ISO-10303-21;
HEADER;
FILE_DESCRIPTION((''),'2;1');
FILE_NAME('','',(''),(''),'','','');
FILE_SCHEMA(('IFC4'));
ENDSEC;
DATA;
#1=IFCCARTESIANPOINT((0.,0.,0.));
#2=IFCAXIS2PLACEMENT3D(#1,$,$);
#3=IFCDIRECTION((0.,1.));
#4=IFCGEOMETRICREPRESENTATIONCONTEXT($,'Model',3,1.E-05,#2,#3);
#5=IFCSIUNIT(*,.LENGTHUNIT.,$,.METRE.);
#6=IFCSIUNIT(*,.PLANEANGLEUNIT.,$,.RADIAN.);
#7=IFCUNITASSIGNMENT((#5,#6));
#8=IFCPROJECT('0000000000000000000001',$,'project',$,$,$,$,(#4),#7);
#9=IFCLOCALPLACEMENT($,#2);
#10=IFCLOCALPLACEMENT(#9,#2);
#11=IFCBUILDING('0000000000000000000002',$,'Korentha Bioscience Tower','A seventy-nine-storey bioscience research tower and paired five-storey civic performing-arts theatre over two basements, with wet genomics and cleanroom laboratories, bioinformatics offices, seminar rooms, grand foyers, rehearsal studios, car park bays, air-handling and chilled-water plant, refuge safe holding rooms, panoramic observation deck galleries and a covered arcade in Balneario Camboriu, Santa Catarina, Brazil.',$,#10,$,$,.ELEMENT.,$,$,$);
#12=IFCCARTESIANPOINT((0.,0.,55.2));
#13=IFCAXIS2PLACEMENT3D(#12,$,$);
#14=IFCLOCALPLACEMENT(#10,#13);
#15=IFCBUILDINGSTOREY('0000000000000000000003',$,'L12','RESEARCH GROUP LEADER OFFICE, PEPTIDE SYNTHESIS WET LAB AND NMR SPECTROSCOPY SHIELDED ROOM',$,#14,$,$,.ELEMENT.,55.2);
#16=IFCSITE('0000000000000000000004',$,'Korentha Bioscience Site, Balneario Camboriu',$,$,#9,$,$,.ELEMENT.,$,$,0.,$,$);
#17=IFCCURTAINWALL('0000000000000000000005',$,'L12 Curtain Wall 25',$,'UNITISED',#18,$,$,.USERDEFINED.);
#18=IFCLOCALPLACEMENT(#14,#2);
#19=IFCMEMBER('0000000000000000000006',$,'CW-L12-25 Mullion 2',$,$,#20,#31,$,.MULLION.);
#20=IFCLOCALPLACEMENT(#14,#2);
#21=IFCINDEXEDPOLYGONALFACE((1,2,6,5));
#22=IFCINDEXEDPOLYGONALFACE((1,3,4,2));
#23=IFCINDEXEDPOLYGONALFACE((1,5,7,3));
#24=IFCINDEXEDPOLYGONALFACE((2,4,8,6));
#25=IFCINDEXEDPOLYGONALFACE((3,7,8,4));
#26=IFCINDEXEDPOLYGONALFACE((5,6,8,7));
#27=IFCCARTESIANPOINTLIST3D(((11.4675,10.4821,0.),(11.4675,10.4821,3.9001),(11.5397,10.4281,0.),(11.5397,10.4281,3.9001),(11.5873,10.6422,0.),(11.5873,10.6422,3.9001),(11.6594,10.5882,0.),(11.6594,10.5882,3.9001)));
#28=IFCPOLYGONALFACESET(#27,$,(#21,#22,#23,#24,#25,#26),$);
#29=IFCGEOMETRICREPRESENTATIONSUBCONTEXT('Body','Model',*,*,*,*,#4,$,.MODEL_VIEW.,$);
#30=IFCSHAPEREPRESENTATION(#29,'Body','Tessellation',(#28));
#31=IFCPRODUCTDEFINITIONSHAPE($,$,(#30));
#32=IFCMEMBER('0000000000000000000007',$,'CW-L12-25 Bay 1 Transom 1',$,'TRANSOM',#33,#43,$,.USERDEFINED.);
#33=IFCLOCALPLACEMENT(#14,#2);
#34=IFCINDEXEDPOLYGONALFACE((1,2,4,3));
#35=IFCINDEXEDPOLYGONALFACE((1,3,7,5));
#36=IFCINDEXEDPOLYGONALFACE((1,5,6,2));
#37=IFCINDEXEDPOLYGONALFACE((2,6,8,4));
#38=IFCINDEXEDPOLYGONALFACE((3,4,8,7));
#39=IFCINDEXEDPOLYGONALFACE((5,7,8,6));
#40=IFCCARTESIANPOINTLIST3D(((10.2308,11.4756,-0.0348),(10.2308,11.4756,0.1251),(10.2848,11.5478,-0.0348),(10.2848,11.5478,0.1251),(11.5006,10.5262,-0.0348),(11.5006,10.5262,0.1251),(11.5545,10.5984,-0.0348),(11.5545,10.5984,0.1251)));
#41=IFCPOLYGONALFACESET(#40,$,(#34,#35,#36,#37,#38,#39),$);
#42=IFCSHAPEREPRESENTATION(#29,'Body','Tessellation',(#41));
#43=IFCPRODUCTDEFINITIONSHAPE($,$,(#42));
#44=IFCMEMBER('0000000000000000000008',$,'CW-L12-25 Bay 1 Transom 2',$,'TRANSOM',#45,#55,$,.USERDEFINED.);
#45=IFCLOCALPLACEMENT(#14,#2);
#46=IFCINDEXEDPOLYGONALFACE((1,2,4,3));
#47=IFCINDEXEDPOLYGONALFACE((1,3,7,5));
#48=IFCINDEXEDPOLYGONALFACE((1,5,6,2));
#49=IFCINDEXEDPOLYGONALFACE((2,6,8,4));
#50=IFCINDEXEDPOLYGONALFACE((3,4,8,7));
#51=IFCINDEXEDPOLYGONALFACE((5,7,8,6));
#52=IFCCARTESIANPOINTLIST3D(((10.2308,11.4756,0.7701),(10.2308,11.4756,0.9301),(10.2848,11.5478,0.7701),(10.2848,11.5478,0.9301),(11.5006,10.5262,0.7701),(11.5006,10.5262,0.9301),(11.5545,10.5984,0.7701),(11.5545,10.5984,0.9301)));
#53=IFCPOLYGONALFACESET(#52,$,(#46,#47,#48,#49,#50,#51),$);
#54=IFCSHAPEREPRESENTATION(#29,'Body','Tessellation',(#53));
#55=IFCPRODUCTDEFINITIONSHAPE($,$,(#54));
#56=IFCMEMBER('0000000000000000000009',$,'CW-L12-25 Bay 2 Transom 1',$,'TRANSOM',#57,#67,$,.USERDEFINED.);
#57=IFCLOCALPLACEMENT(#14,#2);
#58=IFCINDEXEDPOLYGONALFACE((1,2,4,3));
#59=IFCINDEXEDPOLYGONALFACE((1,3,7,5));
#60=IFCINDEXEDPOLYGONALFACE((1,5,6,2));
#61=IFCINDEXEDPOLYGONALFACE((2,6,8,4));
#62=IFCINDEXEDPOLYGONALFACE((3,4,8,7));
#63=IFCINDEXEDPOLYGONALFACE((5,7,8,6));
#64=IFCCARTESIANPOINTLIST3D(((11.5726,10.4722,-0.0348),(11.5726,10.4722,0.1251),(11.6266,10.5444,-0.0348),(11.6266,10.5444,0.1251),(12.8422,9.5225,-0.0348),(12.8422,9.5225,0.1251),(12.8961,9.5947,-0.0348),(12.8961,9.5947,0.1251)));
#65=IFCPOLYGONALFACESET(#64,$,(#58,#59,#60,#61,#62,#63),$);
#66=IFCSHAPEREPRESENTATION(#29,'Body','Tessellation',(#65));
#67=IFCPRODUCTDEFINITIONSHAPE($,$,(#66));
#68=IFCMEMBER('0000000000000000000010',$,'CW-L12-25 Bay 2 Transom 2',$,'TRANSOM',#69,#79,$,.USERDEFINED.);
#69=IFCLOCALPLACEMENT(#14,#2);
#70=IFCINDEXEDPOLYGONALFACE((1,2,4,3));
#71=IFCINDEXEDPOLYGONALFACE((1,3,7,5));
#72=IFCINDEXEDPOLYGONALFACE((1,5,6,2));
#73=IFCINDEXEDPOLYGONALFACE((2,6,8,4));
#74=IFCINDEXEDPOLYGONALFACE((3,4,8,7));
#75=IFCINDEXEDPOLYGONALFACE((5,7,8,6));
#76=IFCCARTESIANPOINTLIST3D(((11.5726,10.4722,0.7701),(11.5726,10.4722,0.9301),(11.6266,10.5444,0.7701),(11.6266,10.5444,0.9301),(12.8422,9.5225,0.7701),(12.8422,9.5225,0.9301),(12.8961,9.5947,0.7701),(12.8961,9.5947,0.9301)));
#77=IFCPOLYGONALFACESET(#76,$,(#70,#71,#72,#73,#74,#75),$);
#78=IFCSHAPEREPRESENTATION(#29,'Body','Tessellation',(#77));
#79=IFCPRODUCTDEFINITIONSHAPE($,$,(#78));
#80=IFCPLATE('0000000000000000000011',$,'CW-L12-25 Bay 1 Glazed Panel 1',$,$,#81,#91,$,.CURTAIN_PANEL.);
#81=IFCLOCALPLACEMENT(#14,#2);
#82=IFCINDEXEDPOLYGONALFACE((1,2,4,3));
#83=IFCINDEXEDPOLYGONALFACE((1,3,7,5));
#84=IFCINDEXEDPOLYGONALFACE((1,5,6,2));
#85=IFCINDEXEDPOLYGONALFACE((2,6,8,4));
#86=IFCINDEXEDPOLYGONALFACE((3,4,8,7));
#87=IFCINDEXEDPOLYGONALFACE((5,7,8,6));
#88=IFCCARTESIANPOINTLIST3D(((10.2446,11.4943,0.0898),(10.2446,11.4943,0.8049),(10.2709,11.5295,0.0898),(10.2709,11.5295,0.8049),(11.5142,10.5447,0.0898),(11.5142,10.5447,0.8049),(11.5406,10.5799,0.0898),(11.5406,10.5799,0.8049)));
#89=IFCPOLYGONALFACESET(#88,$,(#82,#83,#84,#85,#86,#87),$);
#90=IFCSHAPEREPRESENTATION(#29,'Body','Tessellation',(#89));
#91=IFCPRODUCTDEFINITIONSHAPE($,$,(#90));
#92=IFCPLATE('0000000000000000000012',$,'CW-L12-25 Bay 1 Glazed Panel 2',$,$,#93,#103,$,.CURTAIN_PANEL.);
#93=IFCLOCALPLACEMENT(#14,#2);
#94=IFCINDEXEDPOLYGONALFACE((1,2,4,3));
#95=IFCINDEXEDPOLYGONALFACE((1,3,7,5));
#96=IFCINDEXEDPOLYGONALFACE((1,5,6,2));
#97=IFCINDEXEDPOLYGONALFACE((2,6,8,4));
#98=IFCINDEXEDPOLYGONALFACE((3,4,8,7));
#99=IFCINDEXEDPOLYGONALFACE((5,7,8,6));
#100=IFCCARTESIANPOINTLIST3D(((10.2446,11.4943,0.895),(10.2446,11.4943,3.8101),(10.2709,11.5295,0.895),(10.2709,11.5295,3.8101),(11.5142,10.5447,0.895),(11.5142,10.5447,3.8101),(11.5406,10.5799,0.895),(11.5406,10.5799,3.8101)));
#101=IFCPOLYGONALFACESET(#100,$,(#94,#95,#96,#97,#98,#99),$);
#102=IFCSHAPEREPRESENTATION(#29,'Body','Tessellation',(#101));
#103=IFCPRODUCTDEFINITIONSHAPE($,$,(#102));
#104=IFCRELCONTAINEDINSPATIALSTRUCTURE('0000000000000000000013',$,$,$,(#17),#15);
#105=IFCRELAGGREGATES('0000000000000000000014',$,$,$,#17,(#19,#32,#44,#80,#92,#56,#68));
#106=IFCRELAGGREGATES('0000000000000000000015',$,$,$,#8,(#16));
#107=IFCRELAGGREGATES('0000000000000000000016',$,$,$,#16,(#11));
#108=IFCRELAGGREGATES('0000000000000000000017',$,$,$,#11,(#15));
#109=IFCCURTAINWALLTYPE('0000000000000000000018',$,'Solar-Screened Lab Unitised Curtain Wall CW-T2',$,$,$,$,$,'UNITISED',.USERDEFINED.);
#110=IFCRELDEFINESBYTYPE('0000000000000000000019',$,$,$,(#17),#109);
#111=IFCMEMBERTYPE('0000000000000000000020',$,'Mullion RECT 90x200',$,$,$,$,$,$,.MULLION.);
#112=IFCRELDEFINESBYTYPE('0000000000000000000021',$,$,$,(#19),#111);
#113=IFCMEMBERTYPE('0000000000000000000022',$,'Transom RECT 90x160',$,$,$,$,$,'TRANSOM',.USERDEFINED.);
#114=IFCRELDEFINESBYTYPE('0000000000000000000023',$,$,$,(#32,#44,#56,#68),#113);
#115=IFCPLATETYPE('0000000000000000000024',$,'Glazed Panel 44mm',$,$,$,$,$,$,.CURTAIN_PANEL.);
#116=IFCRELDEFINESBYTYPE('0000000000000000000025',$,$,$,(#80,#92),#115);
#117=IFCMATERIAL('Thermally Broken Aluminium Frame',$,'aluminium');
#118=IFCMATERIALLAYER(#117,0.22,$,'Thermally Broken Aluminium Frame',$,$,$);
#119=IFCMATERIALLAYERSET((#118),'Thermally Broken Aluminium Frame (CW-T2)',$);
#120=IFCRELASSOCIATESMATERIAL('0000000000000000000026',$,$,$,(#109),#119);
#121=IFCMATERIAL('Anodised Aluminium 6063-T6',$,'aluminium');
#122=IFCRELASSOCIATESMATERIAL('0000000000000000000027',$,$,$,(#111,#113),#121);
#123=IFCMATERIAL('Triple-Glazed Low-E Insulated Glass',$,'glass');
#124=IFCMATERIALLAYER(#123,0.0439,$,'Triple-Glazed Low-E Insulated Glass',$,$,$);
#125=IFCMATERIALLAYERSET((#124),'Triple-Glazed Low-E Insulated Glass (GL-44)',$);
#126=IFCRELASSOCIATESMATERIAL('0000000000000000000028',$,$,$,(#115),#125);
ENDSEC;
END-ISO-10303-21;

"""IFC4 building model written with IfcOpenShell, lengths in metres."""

from ifc_helpers import new_model, si_unit, direction, frame, origin, origin_2d, place, context, subcontext, project, spatial, rectangle, extrude, material, layer, layer_set, material_profile, profile_set, type_object, element, aggregate, save


model = new_model("IFC4")

# Units and contexts
model_context = context("Model", 3, precision=1e-05, world=origin(), true_north=direction((0.0, 1.0)))
body_context = subcontext(model_context, "Body", "Model", "MODEL_VIEW")
ifc_project = project(units=[si_unit("LENGTHUNIT", "METRE"), si_unit("PLANEANGLEUNIT", "RADIAN")], contexts=[model_context])

# Site, building, storey
site_placement = place(None, origin())
site = spatial("IfcSite", under=ifc_project, at=site_placement, Name="Korentha Bioscience Site, Balneario Camboriu", CompositionType="ELEMENT", RefElevation=0.0)
building_placement = place(site_placement, origin())
building = spatial("IfcBuilding", under=site, at=building_placement, Name="Korentha Bioscience Tower", Description="A seventy-nine-storey bioscience research tower and paired five-storey civic performing-arts theatre over two basements, with wet genomics and cleanroom laboratories, bioinformatics offices, seminar rooms, grand foyers, rehearsal studios, car park bays, air-handling and chilled-water plant, refuge safe holding rooms, panoramic observation deck galleries and a covered arcade in Balneario Camboriu, Santa Catarina, Brazil.", CompositionType="ELEMENT")
storey_placement = place(building_placement, frame((0.0, 0.0, 55.2)))
storey = spatial("IfcBuildingStorey", under=building, at=storey_placement, Name="L12", Description="RESEARCH GROUP LEADER OFFICE, PEPTIDE SYNTHESIS WET LAB AND NMR SPECTROSCOPY SHIELDED ROOM", CompositionType="ELEMENT", Elevation=55.2)

# Curtain wall, members, plates
ifc_material_1 = material(Name="Thermally Broken Aluminium Frame", Category="aluminium")
ifc_layer_1 = layer(ifc_material_1, 0.22, Name="Thermally Broken Aluminium Frame")
ifc_layer_set_1 = layer_set([ifc_layer_1], Name="Thermally Broken Aluminium Frame (CW-T2)")
curtain_wall_type = type_object("IfcCurtainWallType", Name="Solar-Screened Lab Unitised Curtain Wall CW-T2", ElementType="UNITISED", PredefinedType="USERDEFINED", material=ifc_layer_set_1)
curtain_wall_placement = place(storey_placement, origin())
curtain_wall = element("IfcCurtainWall", 1, at=curtain_wall_placement, inside=storey, type_object=curtain_wall_type, Name="L12 Curtain Wall 25", ObjectType="UNITISED", PredefinedType="USERDEFINED")
ifc_material_2 = material(Name="Anodised Aluminium 6063-T6", Category="aluminium")
ifc_material_profile_1 = material_profile(ifc_material_2, rectangle(XDim=0.0901, YDim=0.2, at=origin_2d()), Name="Anodised Aluminium 6063-T6")
ifc_profile_set_1 = profile_set([ifc_material_profile_1], Name="Anodised Aluminium 6063-T6 (CW-MUL)")
member_type_1 = type_object("IfcMemberType", Name="Mullion RECT 90x200", PredefinedType="MULLION", material=ifc_profile_set_1)
member_1_placement = place(storey_placement, frame((11.5635, 10.5352, 0.0), z_axis=(0.0, 0.0, 1.0), x_axis=(0.800798, -0.598935, 0.0)))
member_1 = element("IfcMember", 2, at=member_1_placement, type_object=member_type_1, Name="CW-L12-25 Mullion 2", PredefinedType="MULLION", context=body_context, shape_type="SweptSolid", body=[
    extrude(rectangle(XDim=0.0901, YDim=0.2, at=origin_2d()), origin(), (0.0, 0.0, 1.0), 3.9001),
])
ifc_material_profile_2 = material_profile(ifc_material_2, rectangle(XDim=0.0901, YDim=0.1599, at=origin_2d()), Name="Anodised Aluminium 6063-T6")
ifc_profile_set_2 = profile_set([ifc_material_profile_2], Name="Anodised Aluminium 6063-T6 (CW-TRN)")
member_type_2 = type_object("IfcMemberType", Name="Transom RECT 90x160", ElementType="TRANSOM", PredefinedType="USERDEFINED", material=ifc_profile_set_2)
member_2_placement = place(storey_placement, frame((10.2578, 11.5117, 0.0452), z_axis=(0.800868, -0.598841, 0.0), x_axis=(0.598841, 0.800868, 0.0)))
member_2 = element("IfcMember", 3, at=member_2_placement, type_object=member_type_2, Name="CW-L12-25 Bay 1 Transom 1", ObjectType="TRANSOM", PredefinedType="USERDEFINED", context=body_context, shape_type="SweptSolid", body=[
    extrude(rectangle(XDim=0.0901, YDim=0.1599, at=origin_2d()), origin(), (0.0, 0.0, 1.0), 1.5854),
])
member_3_placement = place(storey_placement, frame((10.2578, 11.5117, 0.8501), z_axis=(0.800868, -0.598841, 0.0), x_axis=(0.598841, 0.800868, 0.0)))
member_3 = element("IfcMember", 4, at=member_3_placement, type_object=member_type_2, Name="CW-L12-25 Bay 1 Transom 2", ObjectType="TRANSOM", PredefinedType="USERDEFINED", context=body_context, shape_type="SweptSolid", body=[
    extrude(rectangle(XDim=0.0901, YDim=0.1599, at=origin_2d()), origin(), (0.0, 0.0, 1.0), 1.5854),
])
member_4_placement = place(storey_placement, frame((11.5996, 10.5083, 0.0452), z_axis=(0.800739, -0.599014, 0.0), x_axis=(0.599014, 0.800739, 0.0)))
member_4 = element("IfcMember", 5, at=member_4_placement, type_object=member_type_2, Name="CW-L12-25 Bay 2 Transom 1", ObjectType="TRANSOM", PredefinedType="USERDEFINED", context=body_context, shape_type="SweptSolid", body=[
    extrude(rectangle(XDim=0.0901, YDim=0.1599, at=origin_2d()), origin(), (0.0, 0.0, 1.0), 1.5854),
])
member_5_placement = place(storey_placement, frame((11.5996, 10.5083, 0.8501), z_axis=(0.800739, -0.599014, 0.0), x_axis=(0.599014, 0.800739, 0.0)))
member_5 = element("IfcMember", 6, at=member_5_placement, type_object=member_type_2, Name="CW-L12-25 Bay 2 Transom 2", ObjectType="TRANSOM", PredefinedType="USERDEFINED", context=body_context, shape_type="SweptSolid", body=[
    extrude(rectangle(XDim=0.0901, YDim=0.1599, at=origin_2d()), origin(), (0.0, 0.0, 1.0), 1.5854),
])
ifc_material_3 = material(Name="Triple-Glazed Low-E Insulated Glass", Category="glass")
ifc_layer_2 = layer(ifc_material_3, 0.0439, Name="Triple-Glazed Low-E Insulated Glass")
ifc_layer_set_2 = layer_set([ifc_layer_2], Name="Triple-Glazed Low-E Insulated Glass (GL-44)")
plate_type = type_object("IfcPlateType", Name="Glazed Panel 44mm", PredefinedType="CURTAIN_PANEL", material=ifc_layer_set_2)
plate_1_placement = place(storey_placement, frame((10.8926, 11.0371, 0.0898), z_axis=(0.0, 0.0, 1.0), x_axis=(0.800798, -0.598935, 0.0)))
plate_1 = element("IfcPlate", 7, at=plate_1_placement, type_object=plate_type, Name="CW-L12-25 Bay 1 Glazed Panel 1", PredefinedType="CURTAIN_PANEL", context=body_context, shape_type="SweptSolid", body=[
    extrude(rectangle(XDim=1.5854, YDim=0.0439, at=origin_2d()), origin(), (0.0, 0.0, 1.0), 0.7151),
])
plate_2_placement = place(storey_placement, frame((10.8926, 11.0371, 0.895), z_axis=(0.0, 0.0, 1.0), x_axis=(0.800798, -0.598935, 0.0)))
plate_2 = element("IfcPlate", 8, at=plate_2_placement, type_object=plate_type, Name="CW-L12-25 Bay 1 Glazed Panel 2", PredefinedType="CURTAIN_PANEL", context=body_context, shape_type="SweptSolid", body=[
    extrude(rectangle(XDim=1.5854, YDim=0.0439, at=origin_2d()), origin(), (0.0, 0.0, 1.0), 2.915),
])
aggregate(curtain_wall, [member_1, member_2, member_3, plate_1, plate_2, member_4, member_5])

save(model, "model.ifc")
